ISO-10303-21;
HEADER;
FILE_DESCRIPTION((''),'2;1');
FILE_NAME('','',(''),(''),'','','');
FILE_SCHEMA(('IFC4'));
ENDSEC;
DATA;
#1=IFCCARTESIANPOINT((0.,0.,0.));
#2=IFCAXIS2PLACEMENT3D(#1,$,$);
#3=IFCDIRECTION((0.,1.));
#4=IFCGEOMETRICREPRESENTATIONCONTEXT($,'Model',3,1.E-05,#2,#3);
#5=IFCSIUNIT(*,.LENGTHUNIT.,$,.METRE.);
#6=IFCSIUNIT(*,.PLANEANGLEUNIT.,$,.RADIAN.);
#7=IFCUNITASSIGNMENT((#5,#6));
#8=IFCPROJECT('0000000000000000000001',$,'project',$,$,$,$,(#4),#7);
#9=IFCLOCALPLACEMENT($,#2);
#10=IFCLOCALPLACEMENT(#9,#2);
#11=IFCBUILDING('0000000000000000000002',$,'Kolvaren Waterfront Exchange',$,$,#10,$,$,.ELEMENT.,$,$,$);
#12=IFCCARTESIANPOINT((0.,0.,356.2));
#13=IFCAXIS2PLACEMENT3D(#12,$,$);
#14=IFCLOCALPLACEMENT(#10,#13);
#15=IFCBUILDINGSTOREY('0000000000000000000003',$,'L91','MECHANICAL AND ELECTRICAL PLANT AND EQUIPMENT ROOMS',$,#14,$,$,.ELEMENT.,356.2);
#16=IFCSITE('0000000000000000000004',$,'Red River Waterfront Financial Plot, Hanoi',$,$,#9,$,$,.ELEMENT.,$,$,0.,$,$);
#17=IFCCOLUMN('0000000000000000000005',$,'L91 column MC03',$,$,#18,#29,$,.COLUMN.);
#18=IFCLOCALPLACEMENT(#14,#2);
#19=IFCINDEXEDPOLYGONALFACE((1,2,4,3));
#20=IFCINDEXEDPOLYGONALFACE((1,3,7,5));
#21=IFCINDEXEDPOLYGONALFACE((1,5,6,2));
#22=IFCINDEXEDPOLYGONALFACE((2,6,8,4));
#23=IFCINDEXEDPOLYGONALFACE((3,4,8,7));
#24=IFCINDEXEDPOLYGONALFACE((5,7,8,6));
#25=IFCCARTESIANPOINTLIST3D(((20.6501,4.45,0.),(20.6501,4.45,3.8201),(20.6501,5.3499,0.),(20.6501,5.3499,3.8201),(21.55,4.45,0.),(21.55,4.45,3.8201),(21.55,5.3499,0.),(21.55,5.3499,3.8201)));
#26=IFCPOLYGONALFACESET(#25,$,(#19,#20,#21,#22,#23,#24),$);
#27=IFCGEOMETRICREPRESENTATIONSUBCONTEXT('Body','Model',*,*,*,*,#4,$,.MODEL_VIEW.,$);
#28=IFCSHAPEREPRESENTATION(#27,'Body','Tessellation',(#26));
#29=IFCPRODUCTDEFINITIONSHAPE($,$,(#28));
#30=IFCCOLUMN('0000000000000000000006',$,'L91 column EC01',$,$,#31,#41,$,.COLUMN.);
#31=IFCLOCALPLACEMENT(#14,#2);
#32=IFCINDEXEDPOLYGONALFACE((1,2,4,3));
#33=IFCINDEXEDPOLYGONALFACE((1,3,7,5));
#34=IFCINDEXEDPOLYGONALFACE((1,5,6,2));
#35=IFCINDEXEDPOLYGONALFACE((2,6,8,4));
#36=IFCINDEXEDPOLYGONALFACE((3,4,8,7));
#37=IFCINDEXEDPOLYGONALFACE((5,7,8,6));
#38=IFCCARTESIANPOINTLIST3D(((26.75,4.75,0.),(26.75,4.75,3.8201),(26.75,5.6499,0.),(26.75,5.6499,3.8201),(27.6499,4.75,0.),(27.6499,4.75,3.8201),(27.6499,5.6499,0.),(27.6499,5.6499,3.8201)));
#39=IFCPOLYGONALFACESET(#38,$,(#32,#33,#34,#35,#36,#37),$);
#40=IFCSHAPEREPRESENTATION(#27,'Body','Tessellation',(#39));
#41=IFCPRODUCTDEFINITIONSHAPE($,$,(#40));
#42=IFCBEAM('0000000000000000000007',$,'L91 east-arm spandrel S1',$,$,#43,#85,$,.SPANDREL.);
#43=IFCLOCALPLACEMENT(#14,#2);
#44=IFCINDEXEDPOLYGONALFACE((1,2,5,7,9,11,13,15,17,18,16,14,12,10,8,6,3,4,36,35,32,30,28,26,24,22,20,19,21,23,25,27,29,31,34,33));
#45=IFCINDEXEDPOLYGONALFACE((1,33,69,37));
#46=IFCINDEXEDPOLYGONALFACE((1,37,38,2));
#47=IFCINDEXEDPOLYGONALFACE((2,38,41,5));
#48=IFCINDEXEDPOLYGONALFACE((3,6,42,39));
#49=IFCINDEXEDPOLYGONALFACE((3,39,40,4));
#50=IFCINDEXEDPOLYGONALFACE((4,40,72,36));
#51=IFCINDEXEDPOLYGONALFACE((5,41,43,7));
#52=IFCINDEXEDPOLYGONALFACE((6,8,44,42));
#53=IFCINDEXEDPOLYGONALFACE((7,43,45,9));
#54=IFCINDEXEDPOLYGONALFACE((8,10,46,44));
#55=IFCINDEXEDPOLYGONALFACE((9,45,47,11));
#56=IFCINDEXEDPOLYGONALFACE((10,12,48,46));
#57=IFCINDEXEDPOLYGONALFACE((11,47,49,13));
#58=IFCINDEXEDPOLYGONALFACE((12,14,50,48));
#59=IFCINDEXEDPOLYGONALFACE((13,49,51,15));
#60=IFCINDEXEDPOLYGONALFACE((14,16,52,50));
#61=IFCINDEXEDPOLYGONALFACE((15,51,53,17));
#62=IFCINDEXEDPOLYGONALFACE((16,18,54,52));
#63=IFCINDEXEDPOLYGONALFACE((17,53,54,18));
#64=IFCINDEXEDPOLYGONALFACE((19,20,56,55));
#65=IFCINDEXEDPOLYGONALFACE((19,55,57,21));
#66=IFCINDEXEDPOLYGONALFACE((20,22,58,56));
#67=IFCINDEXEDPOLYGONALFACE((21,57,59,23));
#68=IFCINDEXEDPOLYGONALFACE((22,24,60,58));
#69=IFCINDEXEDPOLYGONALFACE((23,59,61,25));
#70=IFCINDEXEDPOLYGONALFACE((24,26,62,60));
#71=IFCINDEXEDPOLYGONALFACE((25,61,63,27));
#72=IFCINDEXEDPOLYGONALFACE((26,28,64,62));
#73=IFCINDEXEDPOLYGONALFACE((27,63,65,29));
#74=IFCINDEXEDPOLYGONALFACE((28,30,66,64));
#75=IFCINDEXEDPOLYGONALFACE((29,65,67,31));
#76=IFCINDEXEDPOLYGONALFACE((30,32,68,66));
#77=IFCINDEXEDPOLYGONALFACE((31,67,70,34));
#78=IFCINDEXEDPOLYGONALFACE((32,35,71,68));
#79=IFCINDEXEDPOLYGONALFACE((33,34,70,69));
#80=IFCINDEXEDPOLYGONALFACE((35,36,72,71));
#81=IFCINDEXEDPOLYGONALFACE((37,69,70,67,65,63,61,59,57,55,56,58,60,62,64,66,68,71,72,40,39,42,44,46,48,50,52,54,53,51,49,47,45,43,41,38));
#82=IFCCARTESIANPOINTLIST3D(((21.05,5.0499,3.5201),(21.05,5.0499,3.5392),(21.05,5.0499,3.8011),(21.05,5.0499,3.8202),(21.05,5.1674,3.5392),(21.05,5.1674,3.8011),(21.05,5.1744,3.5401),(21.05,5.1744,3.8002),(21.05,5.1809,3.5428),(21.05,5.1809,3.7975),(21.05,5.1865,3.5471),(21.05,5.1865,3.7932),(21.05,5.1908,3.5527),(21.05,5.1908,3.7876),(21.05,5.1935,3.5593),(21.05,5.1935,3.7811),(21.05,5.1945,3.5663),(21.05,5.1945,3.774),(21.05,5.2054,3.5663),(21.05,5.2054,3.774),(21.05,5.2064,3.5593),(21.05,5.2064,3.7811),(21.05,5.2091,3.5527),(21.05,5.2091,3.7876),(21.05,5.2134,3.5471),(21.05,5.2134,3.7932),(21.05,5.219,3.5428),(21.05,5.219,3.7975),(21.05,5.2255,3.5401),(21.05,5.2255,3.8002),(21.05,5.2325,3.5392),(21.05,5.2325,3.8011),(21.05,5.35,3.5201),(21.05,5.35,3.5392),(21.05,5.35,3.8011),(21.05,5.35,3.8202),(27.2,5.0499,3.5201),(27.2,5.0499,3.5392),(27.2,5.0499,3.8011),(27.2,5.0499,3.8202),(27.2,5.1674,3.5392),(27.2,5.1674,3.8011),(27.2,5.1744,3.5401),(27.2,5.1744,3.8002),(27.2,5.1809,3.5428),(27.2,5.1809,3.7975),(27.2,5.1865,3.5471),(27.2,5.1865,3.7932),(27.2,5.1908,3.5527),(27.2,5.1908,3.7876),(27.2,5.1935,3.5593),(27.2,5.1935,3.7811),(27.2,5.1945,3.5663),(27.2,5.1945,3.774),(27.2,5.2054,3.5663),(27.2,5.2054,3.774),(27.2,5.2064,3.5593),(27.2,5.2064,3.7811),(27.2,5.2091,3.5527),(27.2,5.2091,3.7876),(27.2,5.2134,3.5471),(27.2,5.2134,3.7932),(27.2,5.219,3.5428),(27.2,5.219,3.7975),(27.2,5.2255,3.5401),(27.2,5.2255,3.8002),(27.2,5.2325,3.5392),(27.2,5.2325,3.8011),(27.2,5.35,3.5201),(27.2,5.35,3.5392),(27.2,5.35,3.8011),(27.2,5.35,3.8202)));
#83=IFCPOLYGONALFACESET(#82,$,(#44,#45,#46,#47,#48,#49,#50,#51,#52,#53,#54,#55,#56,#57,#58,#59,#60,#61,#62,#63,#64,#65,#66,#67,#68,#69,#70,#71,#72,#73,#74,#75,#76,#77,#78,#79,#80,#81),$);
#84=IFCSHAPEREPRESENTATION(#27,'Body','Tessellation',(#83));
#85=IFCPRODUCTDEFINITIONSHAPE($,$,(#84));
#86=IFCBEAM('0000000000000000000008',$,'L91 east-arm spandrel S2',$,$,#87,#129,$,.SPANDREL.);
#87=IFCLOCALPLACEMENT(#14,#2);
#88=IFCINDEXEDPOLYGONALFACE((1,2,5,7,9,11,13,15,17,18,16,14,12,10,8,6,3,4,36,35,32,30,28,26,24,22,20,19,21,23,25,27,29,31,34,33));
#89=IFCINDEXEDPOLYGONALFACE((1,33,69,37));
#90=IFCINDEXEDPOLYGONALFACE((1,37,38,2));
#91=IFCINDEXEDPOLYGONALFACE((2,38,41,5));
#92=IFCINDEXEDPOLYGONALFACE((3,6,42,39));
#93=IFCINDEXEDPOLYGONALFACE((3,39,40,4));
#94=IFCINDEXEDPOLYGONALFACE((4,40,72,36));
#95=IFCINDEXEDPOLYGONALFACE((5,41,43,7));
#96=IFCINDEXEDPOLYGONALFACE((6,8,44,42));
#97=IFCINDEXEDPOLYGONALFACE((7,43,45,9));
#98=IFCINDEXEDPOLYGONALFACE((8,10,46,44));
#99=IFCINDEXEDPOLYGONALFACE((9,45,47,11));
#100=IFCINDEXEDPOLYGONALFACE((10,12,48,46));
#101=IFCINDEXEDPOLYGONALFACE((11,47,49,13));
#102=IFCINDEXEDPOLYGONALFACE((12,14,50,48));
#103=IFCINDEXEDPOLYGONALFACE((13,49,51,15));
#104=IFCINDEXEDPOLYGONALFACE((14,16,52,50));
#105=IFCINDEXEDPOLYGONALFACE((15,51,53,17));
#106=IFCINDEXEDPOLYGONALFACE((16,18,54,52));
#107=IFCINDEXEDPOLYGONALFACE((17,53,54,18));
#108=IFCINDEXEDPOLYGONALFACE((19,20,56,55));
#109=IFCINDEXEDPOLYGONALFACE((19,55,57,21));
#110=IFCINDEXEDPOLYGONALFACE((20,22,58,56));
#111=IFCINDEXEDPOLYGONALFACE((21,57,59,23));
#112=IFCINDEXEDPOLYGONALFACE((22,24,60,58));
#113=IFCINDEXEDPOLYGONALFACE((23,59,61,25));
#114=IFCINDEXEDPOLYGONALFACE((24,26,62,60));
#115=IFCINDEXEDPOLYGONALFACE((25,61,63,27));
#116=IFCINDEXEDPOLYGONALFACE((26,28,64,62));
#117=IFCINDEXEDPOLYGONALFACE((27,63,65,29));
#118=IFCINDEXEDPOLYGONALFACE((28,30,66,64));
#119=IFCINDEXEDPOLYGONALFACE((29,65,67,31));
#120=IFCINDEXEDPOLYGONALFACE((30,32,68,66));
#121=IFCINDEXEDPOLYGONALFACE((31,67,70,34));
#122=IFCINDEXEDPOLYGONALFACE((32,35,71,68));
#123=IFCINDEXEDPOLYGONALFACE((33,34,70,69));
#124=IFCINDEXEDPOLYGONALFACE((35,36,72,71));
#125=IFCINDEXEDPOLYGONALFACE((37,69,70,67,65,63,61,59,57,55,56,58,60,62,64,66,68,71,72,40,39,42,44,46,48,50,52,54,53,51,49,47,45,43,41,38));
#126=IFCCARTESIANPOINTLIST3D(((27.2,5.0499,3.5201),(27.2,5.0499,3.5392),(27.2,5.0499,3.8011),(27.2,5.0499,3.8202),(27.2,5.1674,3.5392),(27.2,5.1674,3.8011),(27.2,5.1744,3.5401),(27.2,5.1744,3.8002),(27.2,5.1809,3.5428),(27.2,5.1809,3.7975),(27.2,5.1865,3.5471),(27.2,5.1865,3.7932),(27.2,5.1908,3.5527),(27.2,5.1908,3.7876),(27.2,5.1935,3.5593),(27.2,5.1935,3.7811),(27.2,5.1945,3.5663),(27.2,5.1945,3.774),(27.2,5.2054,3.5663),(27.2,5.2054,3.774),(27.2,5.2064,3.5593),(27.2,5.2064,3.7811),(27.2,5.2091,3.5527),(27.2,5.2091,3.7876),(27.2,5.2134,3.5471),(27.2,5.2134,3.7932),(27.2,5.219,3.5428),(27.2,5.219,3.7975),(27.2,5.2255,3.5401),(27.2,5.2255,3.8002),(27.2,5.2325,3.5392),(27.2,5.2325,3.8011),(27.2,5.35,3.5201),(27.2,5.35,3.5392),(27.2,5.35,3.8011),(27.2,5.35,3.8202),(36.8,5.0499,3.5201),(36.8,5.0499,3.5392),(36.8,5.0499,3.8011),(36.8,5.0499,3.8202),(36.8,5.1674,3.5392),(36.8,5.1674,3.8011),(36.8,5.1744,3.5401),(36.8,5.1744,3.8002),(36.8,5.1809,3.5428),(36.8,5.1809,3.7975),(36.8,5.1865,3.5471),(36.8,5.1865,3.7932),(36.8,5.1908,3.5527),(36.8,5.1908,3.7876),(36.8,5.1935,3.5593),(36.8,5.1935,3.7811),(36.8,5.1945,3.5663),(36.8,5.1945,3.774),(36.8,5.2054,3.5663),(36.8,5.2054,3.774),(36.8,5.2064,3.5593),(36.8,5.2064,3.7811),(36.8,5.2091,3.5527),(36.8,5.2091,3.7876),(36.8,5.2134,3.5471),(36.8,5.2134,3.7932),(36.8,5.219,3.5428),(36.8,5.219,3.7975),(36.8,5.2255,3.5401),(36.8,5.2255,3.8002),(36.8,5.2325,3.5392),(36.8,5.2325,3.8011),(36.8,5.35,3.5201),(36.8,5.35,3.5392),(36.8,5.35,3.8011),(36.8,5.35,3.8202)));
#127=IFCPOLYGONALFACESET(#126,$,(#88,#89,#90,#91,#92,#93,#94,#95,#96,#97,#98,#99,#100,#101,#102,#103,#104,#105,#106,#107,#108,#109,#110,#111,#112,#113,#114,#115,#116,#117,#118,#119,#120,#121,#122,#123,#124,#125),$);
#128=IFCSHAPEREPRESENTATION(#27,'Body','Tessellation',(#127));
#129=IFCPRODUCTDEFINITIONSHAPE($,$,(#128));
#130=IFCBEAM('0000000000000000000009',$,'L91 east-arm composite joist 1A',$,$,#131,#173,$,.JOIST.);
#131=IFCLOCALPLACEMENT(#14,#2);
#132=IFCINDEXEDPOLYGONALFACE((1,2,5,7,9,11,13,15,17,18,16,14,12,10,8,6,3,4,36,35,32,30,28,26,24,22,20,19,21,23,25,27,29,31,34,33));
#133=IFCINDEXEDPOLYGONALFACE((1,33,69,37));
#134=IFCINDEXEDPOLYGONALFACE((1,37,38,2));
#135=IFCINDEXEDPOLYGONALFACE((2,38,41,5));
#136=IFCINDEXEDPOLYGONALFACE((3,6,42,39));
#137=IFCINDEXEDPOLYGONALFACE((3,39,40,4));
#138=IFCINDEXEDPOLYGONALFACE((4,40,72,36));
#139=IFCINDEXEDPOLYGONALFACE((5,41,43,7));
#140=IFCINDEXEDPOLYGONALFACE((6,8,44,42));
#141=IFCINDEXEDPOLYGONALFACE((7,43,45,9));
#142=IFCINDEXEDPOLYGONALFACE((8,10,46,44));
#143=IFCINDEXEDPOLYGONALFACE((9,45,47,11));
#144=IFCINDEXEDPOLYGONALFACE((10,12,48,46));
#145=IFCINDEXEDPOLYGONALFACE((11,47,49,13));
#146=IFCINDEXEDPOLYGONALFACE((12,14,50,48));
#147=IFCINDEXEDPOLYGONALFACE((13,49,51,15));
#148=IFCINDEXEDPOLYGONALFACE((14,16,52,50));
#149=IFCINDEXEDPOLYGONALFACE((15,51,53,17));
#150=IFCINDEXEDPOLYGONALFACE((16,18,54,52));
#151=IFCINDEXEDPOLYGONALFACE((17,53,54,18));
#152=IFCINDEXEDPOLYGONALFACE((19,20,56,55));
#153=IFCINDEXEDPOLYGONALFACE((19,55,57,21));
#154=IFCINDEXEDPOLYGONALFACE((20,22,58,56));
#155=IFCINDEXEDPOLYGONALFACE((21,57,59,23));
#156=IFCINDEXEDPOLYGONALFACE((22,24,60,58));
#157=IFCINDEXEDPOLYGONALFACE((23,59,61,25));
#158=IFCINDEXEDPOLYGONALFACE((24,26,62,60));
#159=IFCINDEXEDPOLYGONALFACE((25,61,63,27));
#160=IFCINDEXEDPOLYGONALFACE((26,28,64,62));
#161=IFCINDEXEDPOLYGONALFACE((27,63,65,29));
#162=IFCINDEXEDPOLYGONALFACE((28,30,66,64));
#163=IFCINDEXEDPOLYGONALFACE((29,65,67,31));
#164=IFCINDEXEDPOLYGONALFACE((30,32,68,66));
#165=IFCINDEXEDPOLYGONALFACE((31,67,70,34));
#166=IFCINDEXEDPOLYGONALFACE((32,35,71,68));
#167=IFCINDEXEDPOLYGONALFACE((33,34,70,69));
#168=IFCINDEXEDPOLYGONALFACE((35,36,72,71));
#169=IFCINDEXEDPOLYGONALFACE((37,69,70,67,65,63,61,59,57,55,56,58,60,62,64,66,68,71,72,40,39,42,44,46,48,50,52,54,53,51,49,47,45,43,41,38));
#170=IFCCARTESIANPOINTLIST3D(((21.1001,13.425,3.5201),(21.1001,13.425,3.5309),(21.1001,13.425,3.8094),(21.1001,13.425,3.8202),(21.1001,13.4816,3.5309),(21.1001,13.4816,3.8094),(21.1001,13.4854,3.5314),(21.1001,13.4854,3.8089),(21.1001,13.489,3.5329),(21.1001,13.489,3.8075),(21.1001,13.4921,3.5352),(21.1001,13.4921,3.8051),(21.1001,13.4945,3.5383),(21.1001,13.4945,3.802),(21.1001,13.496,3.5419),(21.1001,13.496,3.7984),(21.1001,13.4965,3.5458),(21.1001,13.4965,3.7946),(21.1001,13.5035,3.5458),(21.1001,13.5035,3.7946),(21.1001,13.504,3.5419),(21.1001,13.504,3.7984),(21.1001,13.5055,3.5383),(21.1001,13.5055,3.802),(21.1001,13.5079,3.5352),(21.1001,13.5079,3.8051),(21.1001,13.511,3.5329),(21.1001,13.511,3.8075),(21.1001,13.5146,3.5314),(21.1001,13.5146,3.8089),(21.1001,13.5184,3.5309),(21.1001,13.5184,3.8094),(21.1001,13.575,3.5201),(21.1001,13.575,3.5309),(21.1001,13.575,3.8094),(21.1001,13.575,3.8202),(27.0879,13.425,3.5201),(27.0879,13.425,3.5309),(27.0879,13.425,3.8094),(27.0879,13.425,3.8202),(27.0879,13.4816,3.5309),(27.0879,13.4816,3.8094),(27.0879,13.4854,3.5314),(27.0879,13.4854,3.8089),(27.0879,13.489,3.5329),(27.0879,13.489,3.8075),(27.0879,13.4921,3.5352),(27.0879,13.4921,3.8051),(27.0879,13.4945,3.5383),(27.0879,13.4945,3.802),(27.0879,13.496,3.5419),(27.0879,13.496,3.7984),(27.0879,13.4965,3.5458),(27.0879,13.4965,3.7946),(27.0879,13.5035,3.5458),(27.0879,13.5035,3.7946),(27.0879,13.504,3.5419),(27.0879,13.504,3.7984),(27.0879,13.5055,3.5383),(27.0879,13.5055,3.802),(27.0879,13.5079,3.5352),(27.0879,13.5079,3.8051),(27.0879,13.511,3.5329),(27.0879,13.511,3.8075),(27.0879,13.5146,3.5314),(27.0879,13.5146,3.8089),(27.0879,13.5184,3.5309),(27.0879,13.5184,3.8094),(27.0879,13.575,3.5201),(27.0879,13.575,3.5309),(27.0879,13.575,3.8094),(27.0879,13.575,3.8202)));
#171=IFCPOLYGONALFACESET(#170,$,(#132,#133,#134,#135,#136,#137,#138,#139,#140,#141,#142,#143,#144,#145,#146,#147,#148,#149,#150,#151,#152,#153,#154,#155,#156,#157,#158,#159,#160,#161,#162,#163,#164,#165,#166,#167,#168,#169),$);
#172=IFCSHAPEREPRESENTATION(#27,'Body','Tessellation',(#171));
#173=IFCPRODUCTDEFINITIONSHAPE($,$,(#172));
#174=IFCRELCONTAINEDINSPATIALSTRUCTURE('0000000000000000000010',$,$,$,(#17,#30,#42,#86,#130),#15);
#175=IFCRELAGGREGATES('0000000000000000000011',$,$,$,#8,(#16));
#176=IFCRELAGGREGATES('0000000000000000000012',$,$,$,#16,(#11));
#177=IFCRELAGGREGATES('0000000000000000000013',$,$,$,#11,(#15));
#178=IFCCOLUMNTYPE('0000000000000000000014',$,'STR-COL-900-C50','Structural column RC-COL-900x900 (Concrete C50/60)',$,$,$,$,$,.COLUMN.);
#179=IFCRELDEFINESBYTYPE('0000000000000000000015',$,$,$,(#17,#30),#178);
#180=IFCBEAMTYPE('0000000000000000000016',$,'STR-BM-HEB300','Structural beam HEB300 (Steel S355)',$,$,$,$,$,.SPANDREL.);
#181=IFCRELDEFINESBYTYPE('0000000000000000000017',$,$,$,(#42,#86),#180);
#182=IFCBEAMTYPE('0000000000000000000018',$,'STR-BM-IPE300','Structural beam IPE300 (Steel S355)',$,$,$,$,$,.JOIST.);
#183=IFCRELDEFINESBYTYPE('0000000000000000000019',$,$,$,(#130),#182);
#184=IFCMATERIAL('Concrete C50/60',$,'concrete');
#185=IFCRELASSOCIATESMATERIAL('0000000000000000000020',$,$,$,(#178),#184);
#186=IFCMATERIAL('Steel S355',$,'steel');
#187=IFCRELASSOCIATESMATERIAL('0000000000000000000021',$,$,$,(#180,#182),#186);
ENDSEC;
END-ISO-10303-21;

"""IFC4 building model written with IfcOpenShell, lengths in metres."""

from ifc_helpers import new_model, si_unit, direction, frame, origin, origin_2d, place, context, subcontext, project, spatial, rectangle, i_section, extrude, material, material_profile, profile_set, type_object, element, save


model = new_model("IFC4")

# Units and contexts
model_context = context("Model", 3, precision=1e-05, world=origin(), true_north=direction((0.0, 1.0)))
body_context = subcontext(model_context, "Body", "Model", "MODEL_VIEW")
ifc_project = project(units=[si_unit("LENGTHUNIT", "METRE"), si_unit("PLANEANGLEUNIT", "RADIAN")], contexts=[model_context])

# Site, building, storey
site_placement = place(None, origin())
site = spatial("IfcSite", under=ifc_project, at=site_placement, Name="Red River Waterfront Financial Plot, Hanoi", CompositionType="ELEMENT", RefElevation=0.0)
building_placement = place(site_placement, origin())
building = spatial("IfcBuilding", under=site, at=building_placement, Name="Kolvaren Waterfront Exchange", CompositionType="ELEMENT")
storey_placement = place(building_placement, frame((0.0, 0.0, 356.2)))
storey = spatial("IfcBuildingStorey", under=building, at=storey_placement, Name="L91", Description="MECHANICAL AND ELECTRICAL PLANT AND EQUIPMENT ROOMS", CompositionType="ELEMENT", Elevation=356.2)

# Columns
ifc_material_1 = material(Name="Concrete C50/60", Category="concrete")
ifc_material_profile_1 = material_profile(ifc_material_1, rectangle(XDim=0.8999, YDim=0.8999, at=origin_2d()), Name="RC-COL-900x900")
ifc_profile_set_1 = profile_set([ifc_material_profile_1], Name="Concrete C50/60")
column_type = type_object("IfcColumnType", Name="STR-COL-900-C50", Description="Structural column RC-COL-900x900 (Concrete C50/60)", PredefinedType="COLUMN", material=ifc_profile_set_1)
for number, where, z_axis, x_axis, name in (
    (1, (21.1001, 4.8999, 0.0), (0.0, 0.0, 1.0), (1.0, 0.0, 0.0), "L91 column MC03"),
    (2, (27.2, 5.2, 0.0), (0.0, 0.0, 1.0), (1.0, 0.0, 0.0), "L91 column EC01"),
):
    element("IfcColumn", number, at=place(storey_placement, frame(where, z_axis=z_axis, x_axis=x_axis)), inside=storey, type_object=column_type, Name=name, PredefinedType="COLUMN", context=body_context, shape_type="SweptSolid", body=[
        extrude(rectangle(XDim=0.8999, YDim=0.8999, at=origin_2d()), origin(), (0.0, 0.0, 1.0), 3.8201),
    ])

# Beams
ifc_material_2 = material(Name="Steel S355", Category="steel")
ifc_material_profile_2 = material_profile(ifc_material_2, i_section(OverallWidth=0.3, OverallDepth=0.3, WebThickness=0.011, FlangeThickness=0.019, FilletRadius=0.0271, at=origin_2d()), Name="HEB300")
ifc_profile_set_2 = profile_set([ifc_material_profile_2], Name="Steel S355")
beam_type_1 = type_object("IfcBeamType", Name="STR-BM-HEB300", Description="Structural beam HEB300 (Steel S355)", PredefinedType="SPANDREL", material=ifc_profile_set_2)
beam_1_placement = place(storey_placement, frame((21.05, 5.2, 3.6702), z_axis=(1.0, 0.0, 0.0), x_axis=(0.0, 1.0, 0.0)))
element("IfcBeam", 3, at=beam_1_placement, inside=storey, type_object=beam_type_1, Name="L91 east-arm spandrel S1", PredefinedType="SPANDREL", context=body_context, shape_type="SweptSolid", body=[
    extrude(i_section(OverallWidth=0.3, OverallDepth=0.3, WebThickness=0.011, FlangeThickness=0.019, FilletRadius=0.0271, at=origin_2d()), origin(), (0.0, 0.0, 1.0), 6.1499),
])
beam_2_placement = place(storey_placement, frame((27.2, 5.2, 3.6702), z_axis=(1.0, 0.0, 0.0), x_axis=(0.0, 1.0, 0.0)))
element("IfcBeam", 4, at=beam_2_placement, inside=storey, type_object=beam_type_1, Name="L91 east-arm spandrel S2", PredefinedType="SPANDREL", context=body_context, shape_type="SweptSolid", body=[
    extrude(i_section(OverallWidth=0.3, OverallDepth=0.3, WebThickness=0.011, FlangeThickness=0.019, FilletRadius=0.0271, at=origin_2d()), origin(), (0.0, 0.0, 1.0), 9.6001),
])
ifc_material_profile_3 = material_profile(ifc_material_2, i_section(OverallWidth=0.1499, OverallDepth=0.3, WebThickness=0.0071, FlangeThickness=0.0107, FilletRadius=0.0149, at=origin_2d()), Name="IPE300")
ifc_profile_set_3 = profile_set([ifc_material_profile_3], Name="Steel S355")
beam_type_2 = type_object("IfcBeamType", Name="STR-BM-IPE300", Description="Structural beam IPE300 (Steel S355)", PredefinedType="JOIST", material=ifc_profile_set_3)
for number, where, z_axis, x_axis, name in (
    (5, (21.1001, 13.5, 3.6702), (1.0, 0.0, 0.0), (0.0, 1.0, 0.0), "L91 east-arm composite joist 1A"),
):
    element("IfcBeam", number, at=place(storey_placement, frame(where, z_axis=z_axis, x_axis=x_axis)), inside=storey, type_object=beam_type_2, Name=name, PredefinedType="JOIST", context=body_context, shape_type="SweptSolid", body=[
        extrude(i_section(OverallWidth=0.1499, OverallDepth=0.3, WebThickness=0.0071, FlangeThickness=0.0107, FilletRadius=0.0149, at=origin_2d()), origin(), (0.0, 0.0, 1.0), 5.9878),
    ])

save(model, "model.ifc")
